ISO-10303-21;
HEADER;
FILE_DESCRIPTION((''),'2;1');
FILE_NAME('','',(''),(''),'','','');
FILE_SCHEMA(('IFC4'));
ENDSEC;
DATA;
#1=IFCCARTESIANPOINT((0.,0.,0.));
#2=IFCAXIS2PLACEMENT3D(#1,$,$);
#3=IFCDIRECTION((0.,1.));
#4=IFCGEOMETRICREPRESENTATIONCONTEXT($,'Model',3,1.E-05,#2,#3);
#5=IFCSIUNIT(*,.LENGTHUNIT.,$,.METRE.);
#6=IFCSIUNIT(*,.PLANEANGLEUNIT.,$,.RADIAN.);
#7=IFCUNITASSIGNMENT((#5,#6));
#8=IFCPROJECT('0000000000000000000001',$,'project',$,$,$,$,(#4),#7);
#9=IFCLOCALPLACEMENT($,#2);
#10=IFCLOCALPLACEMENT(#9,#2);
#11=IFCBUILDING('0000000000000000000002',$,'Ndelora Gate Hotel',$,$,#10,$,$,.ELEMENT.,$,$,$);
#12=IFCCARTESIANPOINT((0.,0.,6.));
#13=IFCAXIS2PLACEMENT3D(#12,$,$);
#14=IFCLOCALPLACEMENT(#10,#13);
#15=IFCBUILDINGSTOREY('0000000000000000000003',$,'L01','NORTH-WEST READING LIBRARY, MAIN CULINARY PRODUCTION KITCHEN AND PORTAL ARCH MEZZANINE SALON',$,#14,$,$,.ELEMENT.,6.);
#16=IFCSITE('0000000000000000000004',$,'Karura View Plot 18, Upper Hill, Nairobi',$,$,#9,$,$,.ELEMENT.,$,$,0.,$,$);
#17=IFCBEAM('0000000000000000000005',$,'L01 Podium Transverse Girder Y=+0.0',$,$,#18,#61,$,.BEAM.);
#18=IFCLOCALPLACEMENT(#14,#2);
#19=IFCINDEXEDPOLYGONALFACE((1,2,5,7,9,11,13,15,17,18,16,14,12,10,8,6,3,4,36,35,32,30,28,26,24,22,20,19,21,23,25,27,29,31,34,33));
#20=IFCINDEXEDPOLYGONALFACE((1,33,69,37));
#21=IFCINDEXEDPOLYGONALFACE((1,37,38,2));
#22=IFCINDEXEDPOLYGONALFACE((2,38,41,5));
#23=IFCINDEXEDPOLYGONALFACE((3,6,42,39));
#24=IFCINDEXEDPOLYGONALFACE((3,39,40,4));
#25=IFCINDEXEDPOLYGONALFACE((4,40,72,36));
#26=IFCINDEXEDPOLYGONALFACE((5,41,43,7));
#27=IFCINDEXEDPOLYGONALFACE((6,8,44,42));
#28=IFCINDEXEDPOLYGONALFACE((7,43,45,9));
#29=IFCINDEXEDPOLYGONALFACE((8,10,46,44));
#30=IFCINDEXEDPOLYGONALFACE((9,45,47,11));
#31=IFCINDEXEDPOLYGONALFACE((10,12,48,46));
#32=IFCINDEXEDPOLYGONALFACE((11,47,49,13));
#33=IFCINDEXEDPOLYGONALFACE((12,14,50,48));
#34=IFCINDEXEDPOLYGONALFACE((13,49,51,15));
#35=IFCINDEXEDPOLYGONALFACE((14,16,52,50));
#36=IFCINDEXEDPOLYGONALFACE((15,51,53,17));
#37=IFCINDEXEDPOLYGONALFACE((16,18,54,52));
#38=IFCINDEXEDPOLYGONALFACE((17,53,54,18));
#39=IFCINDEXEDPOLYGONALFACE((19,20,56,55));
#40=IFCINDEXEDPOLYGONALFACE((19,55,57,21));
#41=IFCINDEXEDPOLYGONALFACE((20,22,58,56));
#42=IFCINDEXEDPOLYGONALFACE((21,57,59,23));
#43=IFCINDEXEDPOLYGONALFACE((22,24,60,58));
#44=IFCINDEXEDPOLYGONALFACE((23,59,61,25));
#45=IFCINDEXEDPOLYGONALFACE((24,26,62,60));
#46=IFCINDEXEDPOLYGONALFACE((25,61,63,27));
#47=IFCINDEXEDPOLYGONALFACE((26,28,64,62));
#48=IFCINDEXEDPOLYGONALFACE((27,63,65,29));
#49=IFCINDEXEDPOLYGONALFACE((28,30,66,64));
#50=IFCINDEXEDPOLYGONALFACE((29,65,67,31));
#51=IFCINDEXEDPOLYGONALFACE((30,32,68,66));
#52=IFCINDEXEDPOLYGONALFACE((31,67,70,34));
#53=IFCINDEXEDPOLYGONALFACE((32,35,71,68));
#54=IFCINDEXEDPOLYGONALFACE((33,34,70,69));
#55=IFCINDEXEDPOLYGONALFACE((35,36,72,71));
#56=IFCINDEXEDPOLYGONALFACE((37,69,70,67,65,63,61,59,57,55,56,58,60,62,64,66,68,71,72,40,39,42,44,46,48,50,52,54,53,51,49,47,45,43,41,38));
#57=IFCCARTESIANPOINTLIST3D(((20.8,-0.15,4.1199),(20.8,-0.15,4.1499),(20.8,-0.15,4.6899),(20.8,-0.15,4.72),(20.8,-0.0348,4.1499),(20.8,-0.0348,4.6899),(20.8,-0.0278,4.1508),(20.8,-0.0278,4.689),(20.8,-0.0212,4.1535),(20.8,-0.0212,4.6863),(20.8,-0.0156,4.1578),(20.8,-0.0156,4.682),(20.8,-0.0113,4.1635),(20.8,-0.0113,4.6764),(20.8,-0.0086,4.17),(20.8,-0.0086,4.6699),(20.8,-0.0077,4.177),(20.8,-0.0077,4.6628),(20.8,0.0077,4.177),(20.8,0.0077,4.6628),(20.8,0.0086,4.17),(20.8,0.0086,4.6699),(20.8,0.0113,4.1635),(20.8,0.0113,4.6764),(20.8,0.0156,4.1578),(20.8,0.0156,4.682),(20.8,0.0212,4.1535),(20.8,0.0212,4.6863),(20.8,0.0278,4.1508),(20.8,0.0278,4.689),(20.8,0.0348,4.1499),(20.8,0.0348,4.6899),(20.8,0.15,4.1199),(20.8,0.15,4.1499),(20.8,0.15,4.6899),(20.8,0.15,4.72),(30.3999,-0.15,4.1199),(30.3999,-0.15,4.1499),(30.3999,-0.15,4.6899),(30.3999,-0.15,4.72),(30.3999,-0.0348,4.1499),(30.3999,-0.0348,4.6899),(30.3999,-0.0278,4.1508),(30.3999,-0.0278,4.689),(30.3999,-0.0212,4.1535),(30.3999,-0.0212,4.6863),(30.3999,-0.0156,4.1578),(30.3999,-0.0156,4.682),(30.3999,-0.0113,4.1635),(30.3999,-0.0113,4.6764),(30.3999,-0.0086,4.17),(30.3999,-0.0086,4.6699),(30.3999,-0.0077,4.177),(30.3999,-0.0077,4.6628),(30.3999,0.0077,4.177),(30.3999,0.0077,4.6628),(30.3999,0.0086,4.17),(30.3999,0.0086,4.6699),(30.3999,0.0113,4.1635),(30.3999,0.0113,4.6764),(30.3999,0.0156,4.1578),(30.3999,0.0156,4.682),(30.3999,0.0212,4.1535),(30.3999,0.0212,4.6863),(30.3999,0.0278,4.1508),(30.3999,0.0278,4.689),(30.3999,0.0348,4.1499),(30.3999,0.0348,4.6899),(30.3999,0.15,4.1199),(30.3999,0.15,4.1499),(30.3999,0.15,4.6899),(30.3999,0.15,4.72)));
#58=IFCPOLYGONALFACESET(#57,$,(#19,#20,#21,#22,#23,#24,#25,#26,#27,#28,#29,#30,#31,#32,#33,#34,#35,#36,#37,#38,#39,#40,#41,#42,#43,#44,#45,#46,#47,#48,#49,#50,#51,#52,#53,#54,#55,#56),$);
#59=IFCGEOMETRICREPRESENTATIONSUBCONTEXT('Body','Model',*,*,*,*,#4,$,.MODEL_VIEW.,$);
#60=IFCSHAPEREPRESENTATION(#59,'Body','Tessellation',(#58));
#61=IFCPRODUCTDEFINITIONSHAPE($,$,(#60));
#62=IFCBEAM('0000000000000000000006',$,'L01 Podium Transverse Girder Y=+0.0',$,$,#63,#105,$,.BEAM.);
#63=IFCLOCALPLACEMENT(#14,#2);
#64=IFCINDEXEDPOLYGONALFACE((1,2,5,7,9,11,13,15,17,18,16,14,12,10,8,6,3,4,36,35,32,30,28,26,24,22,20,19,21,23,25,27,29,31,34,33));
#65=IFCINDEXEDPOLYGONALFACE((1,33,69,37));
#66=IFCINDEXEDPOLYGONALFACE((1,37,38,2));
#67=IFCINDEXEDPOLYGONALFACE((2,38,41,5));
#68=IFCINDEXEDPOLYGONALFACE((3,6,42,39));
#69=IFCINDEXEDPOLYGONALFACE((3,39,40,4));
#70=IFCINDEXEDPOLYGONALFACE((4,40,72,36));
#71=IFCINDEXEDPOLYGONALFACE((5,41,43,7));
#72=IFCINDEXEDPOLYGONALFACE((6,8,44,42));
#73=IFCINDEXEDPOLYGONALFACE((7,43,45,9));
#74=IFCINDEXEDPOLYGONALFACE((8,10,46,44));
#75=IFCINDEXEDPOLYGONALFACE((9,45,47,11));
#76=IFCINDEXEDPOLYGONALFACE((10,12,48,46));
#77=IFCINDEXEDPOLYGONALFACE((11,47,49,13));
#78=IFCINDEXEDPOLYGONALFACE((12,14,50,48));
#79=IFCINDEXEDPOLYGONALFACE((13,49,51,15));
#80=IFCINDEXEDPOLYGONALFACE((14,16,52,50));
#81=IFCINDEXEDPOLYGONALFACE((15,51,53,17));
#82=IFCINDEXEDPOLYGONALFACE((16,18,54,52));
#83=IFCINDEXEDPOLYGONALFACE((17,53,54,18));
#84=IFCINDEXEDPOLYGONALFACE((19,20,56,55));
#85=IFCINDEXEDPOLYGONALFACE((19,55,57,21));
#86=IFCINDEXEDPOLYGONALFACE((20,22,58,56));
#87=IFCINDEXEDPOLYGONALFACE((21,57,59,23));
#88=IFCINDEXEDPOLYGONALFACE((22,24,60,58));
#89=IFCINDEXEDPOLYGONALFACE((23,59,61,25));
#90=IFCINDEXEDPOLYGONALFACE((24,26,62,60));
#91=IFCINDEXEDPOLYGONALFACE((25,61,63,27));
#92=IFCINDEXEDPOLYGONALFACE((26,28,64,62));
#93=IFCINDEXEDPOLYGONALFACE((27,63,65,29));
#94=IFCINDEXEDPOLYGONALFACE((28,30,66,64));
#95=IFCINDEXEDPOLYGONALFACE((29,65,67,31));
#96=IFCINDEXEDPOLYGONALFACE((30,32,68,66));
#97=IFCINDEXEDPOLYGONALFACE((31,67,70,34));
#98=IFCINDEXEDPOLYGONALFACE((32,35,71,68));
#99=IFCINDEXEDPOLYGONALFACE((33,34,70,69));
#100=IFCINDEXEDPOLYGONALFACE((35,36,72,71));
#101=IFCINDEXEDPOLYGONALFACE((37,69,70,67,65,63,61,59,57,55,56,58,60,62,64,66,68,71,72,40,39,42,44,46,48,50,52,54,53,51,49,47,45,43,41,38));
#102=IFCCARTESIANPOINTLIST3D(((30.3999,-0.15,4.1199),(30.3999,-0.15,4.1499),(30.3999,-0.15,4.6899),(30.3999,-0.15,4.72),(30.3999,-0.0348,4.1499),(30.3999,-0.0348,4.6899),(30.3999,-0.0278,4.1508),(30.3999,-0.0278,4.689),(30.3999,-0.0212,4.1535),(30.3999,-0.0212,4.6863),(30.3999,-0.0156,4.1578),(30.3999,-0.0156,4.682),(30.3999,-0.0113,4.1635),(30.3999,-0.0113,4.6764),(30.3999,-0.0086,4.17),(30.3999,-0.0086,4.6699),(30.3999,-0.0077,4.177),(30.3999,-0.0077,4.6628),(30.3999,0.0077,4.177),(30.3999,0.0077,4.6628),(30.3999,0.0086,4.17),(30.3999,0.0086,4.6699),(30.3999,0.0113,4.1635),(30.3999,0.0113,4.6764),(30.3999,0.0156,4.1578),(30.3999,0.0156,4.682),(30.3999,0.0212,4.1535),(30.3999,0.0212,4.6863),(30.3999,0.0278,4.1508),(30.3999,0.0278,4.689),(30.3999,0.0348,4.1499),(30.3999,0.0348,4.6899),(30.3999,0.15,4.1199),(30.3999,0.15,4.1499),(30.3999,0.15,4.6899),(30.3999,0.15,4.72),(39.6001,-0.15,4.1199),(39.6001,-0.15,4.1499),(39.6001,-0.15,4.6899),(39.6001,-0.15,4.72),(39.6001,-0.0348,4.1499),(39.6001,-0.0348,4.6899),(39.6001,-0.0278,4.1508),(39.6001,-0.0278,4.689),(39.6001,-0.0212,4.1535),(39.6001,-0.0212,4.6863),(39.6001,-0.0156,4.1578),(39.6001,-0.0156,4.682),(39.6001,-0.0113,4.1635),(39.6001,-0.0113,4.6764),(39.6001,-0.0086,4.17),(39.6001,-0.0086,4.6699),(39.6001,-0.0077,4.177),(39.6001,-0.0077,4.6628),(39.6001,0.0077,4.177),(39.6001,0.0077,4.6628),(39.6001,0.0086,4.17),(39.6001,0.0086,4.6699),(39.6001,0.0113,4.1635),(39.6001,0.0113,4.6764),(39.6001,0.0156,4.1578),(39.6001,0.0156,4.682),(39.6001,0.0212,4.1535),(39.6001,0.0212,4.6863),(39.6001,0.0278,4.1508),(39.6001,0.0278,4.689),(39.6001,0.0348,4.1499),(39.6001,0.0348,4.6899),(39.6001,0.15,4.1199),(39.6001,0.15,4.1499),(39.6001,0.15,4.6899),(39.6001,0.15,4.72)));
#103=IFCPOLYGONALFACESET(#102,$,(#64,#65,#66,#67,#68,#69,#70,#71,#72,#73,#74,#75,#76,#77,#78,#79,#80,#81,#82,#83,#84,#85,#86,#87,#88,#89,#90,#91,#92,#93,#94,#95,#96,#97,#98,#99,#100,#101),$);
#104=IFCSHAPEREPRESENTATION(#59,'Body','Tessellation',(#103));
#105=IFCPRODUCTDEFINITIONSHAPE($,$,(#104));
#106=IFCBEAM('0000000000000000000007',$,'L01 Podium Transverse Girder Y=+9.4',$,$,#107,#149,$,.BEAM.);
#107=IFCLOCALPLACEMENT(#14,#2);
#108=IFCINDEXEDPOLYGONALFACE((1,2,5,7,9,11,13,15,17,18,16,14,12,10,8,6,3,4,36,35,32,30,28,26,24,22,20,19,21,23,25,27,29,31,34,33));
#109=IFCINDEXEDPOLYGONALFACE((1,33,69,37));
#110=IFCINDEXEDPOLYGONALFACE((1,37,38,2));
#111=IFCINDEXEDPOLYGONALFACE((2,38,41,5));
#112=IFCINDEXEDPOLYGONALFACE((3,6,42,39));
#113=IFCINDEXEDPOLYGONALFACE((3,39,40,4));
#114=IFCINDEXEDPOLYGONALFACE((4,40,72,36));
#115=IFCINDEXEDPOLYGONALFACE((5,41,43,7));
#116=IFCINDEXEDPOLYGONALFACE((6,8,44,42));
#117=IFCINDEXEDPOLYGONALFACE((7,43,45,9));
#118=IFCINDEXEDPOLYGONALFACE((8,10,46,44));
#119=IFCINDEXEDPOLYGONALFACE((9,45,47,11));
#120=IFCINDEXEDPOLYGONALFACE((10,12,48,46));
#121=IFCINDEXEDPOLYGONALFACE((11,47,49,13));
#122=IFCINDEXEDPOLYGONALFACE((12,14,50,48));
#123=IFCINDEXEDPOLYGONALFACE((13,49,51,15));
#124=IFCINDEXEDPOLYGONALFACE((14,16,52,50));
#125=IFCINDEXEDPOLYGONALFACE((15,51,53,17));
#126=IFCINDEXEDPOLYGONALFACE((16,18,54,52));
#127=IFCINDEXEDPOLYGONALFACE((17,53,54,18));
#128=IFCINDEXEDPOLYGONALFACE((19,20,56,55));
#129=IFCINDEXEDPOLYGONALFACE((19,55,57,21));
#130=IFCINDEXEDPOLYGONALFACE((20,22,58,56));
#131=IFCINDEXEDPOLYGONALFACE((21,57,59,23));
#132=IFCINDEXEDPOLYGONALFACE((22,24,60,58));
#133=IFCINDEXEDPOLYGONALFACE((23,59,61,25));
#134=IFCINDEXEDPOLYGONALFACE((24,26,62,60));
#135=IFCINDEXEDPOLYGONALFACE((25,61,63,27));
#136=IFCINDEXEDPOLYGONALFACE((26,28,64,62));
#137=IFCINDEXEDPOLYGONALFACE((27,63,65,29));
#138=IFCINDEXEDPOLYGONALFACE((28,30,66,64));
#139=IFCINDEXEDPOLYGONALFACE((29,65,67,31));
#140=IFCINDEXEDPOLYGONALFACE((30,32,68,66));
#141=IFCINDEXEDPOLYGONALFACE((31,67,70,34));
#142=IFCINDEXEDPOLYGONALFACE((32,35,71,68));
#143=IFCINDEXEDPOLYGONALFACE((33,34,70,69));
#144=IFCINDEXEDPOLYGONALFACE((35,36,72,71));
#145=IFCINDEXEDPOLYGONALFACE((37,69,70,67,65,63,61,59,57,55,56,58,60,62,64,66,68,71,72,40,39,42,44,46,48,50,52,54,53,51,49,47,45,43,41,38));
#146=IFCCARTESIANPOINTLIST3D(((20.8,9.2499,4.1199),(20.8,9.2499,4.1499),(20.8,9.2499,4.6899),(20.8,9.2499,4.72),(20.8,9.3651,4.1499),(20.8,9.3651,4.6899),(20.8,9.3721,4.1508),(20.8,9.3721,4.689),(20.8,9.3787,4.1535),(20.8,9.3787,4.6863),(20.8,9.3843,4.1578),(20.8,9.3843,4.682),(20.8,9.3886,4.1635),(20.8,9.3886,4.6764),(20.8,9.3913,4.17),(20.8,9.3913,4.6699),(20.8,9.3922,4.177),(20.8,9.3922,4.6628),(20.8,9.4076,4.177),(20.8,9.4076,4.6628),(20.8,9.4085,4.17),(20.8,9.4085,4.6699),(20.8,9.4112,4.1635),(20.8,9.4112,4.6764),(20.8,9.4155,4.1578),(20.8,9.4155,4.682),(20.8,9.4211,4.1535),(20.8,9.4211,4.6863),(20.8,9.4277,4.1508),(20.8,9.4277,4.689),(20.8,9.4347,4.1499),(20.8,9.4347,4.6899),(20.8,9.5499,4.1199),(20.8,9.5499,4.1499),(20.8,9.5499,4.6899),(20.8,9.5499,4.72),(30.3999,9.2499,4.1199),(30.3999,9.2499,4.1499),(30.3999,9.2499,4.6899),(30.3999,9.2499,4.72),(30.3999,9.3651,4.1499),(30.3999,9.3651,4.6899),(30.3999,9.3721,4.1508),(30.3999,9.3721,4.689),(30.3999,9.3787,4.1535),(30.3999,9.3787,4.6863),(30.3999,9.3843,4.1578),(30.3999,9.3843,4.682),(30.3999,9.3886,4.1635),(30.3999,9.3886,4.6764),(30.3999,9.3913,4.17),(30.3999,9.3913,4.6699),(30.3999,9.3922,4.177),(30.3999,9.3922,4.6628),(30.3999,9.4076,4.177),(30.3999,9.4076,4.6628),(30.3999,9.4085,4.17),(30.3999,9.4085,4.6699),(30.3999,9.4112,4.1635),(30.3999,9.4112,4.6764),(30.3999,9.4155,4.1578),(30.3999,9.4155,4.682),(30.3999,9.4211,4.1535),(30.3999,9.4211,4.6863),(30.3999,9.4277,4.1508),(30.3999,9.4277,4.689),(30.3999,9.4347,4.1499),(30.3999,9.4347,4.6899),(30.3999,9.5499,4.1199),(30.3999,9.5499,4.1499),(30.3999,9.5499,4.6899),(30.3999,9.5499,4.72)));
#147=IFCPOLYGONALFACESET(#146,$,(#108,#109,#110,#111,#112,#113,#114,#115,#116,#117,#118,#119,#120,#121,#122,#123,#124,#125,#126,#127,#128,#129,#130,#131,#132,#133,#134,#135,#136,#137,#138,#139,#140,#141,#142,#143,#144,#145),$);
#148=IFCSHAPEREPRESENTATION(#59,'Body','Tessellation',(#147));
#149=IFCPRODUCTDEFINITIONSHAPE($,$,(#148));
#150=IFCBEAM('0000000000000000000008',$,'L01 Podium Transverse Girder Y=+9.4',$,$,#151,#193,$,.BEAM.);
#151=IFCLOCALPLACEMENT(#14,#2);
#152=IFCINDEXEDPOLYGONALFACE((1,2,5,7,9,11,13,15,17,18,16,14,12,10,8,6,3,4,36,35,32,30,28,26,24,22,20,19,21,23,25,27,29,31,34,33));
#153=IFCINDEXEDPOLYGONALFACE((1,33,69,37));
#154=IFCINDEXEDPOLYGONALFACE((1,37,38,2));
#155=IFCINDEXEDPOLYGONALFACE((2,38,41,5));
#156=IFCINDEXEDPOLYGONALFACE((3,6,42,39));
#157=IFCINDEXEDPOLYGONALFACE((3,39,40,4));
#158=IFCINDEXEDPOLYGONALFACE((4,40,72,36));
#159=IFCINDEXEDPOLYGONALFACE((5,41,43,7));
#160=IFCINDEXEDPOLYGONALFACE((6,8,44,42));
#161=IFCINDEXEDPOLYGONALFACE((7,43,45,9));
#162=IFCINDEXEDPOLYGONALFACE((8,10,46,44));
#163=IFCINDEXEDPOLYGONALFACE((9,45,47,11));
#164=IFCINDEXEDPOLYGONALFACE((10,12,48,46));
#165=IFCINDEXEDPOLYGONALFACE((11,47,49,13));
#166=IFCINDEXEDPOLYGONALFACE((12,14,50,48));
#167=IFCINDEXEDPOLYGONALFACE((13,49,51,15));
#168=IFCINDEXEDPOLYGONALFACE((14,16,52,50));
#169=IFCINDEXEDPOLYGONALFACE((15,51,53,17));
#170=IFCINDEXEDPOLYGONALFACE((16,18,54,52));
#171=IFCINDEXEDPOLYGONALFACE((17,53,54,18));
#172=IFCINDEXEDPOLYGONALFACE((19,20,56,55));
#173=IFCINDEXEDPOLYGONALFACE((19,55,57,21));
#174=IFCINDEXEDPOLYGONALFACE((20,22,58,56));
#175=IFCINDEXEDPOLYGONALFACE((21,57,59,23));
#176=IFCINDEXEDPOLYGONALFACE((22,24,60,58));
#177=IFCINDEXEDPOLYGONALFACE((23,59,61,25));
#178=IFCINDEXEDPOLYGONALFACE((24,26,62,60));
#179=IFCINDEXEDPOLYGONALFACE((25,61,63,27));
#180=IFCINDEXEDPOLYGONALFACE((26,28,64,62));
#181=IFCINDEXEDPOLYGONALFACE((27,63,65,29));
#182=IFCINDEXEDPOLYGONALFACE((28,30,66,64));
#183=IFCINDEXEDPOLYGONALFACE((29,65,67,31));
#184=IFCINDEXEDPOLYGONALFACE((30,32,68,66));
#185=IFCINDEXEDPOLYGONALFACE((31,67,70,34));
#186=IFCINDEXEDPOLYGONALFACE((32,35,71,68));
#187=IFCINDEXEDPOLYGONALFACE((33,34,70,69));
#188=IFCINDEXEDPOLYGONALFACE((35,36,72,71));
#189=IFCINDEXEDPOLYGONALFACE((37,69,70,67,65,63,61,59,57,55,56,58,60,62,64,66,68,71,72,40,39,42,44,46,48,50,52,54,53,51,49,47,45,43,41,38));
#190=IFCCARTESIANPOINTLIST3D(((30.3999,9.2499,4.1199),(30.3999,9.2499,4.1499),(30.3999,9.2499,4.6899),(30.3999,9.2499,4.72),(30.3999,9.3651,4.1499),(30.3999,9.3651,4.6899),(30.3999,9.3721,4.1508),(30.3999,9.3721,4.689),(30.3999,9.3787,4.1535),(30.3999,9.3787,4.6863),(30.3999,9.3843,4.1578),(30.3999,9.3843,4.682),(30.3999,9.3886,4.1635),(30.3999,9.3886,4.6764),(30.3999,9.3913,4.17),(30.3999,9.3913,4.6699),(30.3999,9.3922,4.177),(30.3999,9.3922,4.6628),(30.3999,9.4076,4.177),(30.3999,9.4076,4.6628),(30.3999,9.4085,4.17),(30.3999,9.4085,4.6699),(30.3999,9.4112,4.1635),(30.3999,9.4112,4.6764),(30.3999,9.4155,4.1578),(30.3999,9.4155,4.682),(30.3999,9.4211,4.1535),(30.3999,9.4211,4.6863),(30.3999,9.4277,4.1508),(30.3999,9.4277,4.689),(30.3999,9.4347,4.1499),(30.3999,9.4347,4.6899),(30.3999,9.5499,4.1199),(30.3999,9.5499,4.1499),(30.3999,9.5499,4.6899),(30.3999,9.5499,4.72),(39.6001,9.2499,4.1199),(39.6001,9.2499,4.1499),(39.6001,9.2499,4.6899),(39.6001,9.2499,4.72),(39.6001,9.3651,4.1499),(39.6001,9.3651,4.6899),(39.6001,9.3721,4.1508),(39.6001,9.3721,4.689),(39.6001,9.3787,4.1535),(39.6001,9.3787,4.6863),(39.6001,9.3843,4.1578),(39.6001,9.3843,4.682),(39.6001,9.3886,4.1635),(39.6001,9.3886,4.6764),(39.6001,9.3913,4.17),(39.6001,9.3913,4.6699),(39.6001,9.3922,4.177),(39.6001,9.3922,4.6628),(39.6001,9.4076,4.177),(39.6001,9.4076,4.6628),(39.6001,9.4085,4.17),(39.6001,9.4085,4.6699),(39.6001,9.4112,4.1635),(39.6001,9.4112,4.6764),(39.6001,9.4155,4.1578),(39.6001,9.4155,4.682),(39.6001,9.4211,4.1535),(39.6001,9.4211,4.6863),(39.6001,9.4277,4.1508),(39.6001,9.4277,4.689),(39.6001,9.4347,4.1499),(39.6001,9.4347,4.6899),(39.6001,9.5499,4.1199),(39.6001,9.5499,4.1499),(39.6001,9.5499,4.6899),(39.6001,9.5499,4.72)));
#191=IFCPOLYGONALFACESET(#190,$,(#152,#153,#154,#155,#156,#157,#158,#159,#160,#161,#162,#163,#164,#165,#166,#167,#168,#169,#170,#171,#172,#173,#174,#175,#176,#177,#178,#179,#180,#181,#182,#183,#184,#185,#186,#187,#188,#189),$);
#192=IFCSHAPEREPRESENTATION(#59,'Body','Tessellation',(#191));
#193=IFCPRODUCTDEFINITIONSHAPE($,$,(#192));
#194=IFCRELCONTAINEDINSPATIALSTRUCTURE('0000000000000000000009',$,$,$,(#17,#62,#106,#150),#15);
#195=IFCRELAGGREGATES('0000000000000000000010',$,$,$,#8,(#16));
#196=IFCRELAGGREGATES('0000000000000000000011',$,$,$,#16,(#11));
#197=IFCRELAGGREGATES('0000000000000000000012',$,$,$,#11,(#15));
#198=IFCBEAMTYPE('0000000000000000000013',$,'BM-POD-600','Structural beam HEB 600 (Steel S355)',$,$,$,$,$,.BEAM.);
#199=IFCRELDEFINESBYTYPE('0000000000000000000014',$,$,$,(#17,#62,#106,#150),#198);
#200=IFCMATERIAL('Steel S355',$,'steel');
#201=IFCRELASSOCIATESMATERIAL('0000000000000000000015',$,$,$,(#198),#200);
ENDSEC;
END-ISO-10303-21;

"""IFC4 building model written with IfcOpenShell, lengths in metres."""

from ifc_helpers import new_model, si_unit, direction, frame, origin, origin_2d, place, context, subcontext, project, spatial, i_section, extrude, material, material_profile, profile_set, type_object, element, save


model = new_model("IFC4")

# Units and contexts
model_context = context("Model", 3, precision=1e-05, world=origin(), true_north=direction((0.0, 1.0)))
body_context = subcontext(model_context, "Body", "Model", "MODEL_VIEW")
ifc_project = project(units=[si_unit("LENGTHUNIT", "METRE"), si_unit("PLANEANGLEUNIT", "RADIAN")], contexts=[model_context])

# Site, building, storey
site_placement = place(None, origin())
site = spatial("IfcSite", under=ifc_project, at=site_placement, Name="Karura View Plot 18, Upper Hill, Nairobi", CompositionType="ELEMENT", RefElevation=0.0)
building_placement = place(site_placement, origin())
building = spatial("IfcBuilding", under=site, at=building_placement, Name="Ndelora Gate Hotel", CompositionType="ELEMENT")
storey_placement = place(building_placement, frame((0.0, 0.0, 6.0)))
storey = spatial("IfcBuildingStorey", under=building, at=storey_placement, Name="L01", Description="NORTH-WEST READING LIBRARY, MAIN CULINARY PRODUCTION KITCHEN AND PORTAL ARCH MEZZANINE SALON", CompositionType="ELEMENT", Elevation=6.0)

# Beams
ifc_material_1 = material(Name="Steel S355", Category="steel")
ifc_material_profile_1 = material_profile(ifc_material_1, i_section(OverallWidth=0.3, OverallDepth=0.6001, WebThickness=0.0154, FlangeThickness=0.03, FilletRadius=0.0271, at=origin_2d()), Name="HEB 600")
ifc_profile_set_1 = profile_set([ifc_material_profile_1], Name="Steel S355")
beam_type_1 = type_object("IfcBeamType", Name="BM-POD-600", Description="Structural beam HEB 600 (Steel S355)", PredefinedType="BEAM", material=ifc_profile_set_1)
beam_1_placement = place(storey_placement, frame((20.8, 0.0, 4.4199), z_axis=(1.0, 0.0, 0.0), x_axis=(0.0, 1.0, 0.0)))
element("IfcBeam", 1, at=beam_1_placement, inside=storey, type_object=beam_type_1, Name="L01 Podium Transverse Girder Y=+0.0", PredefinedType="BEAM", context=body_context, shape_type="SweptSolid", body=[
    extrude(i_section(OverallWidth=0.3, OverallDepth=0.6001, WebThickness=0.0154, FlangeThickness=0.03, FilletRadius=0.0271, at=origin_2d()), origin(), (0.0, 0.0, 1.0), 9.5999),
])
beam_2_placement = place(storey_placement, frame((30.3999, 0.0, 4.4199), z_axis=(1.0, 0.0, 0.0), x_axis=(0.0, 1.0, 0.0)))
element("IfcBeam", 2, at=beam_2_placement, inside=storey, type_object=beam_type_1, Name="L01 Podium Transverse Girder Y=+0.0", PredefinedType="BEAM", context=body_context, shape_type="SweptSolid", body=[
    extrude(i_section(OverallWidth=0.3, OverallDepth=0.6001, WebThickness=0.0154, FlangeThickness=0.03, FilletRadius=0.0271, at=origin_2d()), origin(), (0.0, 0.0, 1.0), 9.2002),
])
beam_3_placement = place(storey_placement, frame((20.8, 9.3999, 4.4199), z_axis=(1.0, 0.0, 0.0), x_axis=(0.0, 1.0, 0.0)))
element("IfcBeam", 3, at=beam_3_placement, inside=storey, type_object=beam_type_1, Name="L01 Podium Transverse Girder Y=+9.4", PredefinedType="BEAM", context=body_context, shape_type="SweptSolid", body=[
    extrude(i_section(OverallWidth=0.3, OverallDepth=0.6001, WebThickness=0.0154, FlangeThickness=0.03, FilletRadius=0.0271, at=origin_2d()), origin(), (0.0, 0.0, 1.0), 9.5999),
])
beam_4_placement = place(storey_placement, frame((30.3999, 9.3999, 4.4199), z_axis=(1.0, 0.0, 0.0), x_axis=(0.0, 1.0, 0.0)))
element("IfcBeam", 4, at=beam_4_placement, inside=storey, type_object=beam_type_1, Name="L01 Podium Transverse Girder Y=+9.4", PredefinedType="BEAM", context=body_context, shape_type="SweptSolid", body=[
    extrude(i_section(OverallWidth=0.3, OverallDepth=0.6001, WebThickness=0.0154, FlangeThickness=0.03, FilletRadius=0.0271, at=origin_2d()), origin(), (0.0, 0.0, 1.0), 9.2002),
])

save(model, "model.ifc")
